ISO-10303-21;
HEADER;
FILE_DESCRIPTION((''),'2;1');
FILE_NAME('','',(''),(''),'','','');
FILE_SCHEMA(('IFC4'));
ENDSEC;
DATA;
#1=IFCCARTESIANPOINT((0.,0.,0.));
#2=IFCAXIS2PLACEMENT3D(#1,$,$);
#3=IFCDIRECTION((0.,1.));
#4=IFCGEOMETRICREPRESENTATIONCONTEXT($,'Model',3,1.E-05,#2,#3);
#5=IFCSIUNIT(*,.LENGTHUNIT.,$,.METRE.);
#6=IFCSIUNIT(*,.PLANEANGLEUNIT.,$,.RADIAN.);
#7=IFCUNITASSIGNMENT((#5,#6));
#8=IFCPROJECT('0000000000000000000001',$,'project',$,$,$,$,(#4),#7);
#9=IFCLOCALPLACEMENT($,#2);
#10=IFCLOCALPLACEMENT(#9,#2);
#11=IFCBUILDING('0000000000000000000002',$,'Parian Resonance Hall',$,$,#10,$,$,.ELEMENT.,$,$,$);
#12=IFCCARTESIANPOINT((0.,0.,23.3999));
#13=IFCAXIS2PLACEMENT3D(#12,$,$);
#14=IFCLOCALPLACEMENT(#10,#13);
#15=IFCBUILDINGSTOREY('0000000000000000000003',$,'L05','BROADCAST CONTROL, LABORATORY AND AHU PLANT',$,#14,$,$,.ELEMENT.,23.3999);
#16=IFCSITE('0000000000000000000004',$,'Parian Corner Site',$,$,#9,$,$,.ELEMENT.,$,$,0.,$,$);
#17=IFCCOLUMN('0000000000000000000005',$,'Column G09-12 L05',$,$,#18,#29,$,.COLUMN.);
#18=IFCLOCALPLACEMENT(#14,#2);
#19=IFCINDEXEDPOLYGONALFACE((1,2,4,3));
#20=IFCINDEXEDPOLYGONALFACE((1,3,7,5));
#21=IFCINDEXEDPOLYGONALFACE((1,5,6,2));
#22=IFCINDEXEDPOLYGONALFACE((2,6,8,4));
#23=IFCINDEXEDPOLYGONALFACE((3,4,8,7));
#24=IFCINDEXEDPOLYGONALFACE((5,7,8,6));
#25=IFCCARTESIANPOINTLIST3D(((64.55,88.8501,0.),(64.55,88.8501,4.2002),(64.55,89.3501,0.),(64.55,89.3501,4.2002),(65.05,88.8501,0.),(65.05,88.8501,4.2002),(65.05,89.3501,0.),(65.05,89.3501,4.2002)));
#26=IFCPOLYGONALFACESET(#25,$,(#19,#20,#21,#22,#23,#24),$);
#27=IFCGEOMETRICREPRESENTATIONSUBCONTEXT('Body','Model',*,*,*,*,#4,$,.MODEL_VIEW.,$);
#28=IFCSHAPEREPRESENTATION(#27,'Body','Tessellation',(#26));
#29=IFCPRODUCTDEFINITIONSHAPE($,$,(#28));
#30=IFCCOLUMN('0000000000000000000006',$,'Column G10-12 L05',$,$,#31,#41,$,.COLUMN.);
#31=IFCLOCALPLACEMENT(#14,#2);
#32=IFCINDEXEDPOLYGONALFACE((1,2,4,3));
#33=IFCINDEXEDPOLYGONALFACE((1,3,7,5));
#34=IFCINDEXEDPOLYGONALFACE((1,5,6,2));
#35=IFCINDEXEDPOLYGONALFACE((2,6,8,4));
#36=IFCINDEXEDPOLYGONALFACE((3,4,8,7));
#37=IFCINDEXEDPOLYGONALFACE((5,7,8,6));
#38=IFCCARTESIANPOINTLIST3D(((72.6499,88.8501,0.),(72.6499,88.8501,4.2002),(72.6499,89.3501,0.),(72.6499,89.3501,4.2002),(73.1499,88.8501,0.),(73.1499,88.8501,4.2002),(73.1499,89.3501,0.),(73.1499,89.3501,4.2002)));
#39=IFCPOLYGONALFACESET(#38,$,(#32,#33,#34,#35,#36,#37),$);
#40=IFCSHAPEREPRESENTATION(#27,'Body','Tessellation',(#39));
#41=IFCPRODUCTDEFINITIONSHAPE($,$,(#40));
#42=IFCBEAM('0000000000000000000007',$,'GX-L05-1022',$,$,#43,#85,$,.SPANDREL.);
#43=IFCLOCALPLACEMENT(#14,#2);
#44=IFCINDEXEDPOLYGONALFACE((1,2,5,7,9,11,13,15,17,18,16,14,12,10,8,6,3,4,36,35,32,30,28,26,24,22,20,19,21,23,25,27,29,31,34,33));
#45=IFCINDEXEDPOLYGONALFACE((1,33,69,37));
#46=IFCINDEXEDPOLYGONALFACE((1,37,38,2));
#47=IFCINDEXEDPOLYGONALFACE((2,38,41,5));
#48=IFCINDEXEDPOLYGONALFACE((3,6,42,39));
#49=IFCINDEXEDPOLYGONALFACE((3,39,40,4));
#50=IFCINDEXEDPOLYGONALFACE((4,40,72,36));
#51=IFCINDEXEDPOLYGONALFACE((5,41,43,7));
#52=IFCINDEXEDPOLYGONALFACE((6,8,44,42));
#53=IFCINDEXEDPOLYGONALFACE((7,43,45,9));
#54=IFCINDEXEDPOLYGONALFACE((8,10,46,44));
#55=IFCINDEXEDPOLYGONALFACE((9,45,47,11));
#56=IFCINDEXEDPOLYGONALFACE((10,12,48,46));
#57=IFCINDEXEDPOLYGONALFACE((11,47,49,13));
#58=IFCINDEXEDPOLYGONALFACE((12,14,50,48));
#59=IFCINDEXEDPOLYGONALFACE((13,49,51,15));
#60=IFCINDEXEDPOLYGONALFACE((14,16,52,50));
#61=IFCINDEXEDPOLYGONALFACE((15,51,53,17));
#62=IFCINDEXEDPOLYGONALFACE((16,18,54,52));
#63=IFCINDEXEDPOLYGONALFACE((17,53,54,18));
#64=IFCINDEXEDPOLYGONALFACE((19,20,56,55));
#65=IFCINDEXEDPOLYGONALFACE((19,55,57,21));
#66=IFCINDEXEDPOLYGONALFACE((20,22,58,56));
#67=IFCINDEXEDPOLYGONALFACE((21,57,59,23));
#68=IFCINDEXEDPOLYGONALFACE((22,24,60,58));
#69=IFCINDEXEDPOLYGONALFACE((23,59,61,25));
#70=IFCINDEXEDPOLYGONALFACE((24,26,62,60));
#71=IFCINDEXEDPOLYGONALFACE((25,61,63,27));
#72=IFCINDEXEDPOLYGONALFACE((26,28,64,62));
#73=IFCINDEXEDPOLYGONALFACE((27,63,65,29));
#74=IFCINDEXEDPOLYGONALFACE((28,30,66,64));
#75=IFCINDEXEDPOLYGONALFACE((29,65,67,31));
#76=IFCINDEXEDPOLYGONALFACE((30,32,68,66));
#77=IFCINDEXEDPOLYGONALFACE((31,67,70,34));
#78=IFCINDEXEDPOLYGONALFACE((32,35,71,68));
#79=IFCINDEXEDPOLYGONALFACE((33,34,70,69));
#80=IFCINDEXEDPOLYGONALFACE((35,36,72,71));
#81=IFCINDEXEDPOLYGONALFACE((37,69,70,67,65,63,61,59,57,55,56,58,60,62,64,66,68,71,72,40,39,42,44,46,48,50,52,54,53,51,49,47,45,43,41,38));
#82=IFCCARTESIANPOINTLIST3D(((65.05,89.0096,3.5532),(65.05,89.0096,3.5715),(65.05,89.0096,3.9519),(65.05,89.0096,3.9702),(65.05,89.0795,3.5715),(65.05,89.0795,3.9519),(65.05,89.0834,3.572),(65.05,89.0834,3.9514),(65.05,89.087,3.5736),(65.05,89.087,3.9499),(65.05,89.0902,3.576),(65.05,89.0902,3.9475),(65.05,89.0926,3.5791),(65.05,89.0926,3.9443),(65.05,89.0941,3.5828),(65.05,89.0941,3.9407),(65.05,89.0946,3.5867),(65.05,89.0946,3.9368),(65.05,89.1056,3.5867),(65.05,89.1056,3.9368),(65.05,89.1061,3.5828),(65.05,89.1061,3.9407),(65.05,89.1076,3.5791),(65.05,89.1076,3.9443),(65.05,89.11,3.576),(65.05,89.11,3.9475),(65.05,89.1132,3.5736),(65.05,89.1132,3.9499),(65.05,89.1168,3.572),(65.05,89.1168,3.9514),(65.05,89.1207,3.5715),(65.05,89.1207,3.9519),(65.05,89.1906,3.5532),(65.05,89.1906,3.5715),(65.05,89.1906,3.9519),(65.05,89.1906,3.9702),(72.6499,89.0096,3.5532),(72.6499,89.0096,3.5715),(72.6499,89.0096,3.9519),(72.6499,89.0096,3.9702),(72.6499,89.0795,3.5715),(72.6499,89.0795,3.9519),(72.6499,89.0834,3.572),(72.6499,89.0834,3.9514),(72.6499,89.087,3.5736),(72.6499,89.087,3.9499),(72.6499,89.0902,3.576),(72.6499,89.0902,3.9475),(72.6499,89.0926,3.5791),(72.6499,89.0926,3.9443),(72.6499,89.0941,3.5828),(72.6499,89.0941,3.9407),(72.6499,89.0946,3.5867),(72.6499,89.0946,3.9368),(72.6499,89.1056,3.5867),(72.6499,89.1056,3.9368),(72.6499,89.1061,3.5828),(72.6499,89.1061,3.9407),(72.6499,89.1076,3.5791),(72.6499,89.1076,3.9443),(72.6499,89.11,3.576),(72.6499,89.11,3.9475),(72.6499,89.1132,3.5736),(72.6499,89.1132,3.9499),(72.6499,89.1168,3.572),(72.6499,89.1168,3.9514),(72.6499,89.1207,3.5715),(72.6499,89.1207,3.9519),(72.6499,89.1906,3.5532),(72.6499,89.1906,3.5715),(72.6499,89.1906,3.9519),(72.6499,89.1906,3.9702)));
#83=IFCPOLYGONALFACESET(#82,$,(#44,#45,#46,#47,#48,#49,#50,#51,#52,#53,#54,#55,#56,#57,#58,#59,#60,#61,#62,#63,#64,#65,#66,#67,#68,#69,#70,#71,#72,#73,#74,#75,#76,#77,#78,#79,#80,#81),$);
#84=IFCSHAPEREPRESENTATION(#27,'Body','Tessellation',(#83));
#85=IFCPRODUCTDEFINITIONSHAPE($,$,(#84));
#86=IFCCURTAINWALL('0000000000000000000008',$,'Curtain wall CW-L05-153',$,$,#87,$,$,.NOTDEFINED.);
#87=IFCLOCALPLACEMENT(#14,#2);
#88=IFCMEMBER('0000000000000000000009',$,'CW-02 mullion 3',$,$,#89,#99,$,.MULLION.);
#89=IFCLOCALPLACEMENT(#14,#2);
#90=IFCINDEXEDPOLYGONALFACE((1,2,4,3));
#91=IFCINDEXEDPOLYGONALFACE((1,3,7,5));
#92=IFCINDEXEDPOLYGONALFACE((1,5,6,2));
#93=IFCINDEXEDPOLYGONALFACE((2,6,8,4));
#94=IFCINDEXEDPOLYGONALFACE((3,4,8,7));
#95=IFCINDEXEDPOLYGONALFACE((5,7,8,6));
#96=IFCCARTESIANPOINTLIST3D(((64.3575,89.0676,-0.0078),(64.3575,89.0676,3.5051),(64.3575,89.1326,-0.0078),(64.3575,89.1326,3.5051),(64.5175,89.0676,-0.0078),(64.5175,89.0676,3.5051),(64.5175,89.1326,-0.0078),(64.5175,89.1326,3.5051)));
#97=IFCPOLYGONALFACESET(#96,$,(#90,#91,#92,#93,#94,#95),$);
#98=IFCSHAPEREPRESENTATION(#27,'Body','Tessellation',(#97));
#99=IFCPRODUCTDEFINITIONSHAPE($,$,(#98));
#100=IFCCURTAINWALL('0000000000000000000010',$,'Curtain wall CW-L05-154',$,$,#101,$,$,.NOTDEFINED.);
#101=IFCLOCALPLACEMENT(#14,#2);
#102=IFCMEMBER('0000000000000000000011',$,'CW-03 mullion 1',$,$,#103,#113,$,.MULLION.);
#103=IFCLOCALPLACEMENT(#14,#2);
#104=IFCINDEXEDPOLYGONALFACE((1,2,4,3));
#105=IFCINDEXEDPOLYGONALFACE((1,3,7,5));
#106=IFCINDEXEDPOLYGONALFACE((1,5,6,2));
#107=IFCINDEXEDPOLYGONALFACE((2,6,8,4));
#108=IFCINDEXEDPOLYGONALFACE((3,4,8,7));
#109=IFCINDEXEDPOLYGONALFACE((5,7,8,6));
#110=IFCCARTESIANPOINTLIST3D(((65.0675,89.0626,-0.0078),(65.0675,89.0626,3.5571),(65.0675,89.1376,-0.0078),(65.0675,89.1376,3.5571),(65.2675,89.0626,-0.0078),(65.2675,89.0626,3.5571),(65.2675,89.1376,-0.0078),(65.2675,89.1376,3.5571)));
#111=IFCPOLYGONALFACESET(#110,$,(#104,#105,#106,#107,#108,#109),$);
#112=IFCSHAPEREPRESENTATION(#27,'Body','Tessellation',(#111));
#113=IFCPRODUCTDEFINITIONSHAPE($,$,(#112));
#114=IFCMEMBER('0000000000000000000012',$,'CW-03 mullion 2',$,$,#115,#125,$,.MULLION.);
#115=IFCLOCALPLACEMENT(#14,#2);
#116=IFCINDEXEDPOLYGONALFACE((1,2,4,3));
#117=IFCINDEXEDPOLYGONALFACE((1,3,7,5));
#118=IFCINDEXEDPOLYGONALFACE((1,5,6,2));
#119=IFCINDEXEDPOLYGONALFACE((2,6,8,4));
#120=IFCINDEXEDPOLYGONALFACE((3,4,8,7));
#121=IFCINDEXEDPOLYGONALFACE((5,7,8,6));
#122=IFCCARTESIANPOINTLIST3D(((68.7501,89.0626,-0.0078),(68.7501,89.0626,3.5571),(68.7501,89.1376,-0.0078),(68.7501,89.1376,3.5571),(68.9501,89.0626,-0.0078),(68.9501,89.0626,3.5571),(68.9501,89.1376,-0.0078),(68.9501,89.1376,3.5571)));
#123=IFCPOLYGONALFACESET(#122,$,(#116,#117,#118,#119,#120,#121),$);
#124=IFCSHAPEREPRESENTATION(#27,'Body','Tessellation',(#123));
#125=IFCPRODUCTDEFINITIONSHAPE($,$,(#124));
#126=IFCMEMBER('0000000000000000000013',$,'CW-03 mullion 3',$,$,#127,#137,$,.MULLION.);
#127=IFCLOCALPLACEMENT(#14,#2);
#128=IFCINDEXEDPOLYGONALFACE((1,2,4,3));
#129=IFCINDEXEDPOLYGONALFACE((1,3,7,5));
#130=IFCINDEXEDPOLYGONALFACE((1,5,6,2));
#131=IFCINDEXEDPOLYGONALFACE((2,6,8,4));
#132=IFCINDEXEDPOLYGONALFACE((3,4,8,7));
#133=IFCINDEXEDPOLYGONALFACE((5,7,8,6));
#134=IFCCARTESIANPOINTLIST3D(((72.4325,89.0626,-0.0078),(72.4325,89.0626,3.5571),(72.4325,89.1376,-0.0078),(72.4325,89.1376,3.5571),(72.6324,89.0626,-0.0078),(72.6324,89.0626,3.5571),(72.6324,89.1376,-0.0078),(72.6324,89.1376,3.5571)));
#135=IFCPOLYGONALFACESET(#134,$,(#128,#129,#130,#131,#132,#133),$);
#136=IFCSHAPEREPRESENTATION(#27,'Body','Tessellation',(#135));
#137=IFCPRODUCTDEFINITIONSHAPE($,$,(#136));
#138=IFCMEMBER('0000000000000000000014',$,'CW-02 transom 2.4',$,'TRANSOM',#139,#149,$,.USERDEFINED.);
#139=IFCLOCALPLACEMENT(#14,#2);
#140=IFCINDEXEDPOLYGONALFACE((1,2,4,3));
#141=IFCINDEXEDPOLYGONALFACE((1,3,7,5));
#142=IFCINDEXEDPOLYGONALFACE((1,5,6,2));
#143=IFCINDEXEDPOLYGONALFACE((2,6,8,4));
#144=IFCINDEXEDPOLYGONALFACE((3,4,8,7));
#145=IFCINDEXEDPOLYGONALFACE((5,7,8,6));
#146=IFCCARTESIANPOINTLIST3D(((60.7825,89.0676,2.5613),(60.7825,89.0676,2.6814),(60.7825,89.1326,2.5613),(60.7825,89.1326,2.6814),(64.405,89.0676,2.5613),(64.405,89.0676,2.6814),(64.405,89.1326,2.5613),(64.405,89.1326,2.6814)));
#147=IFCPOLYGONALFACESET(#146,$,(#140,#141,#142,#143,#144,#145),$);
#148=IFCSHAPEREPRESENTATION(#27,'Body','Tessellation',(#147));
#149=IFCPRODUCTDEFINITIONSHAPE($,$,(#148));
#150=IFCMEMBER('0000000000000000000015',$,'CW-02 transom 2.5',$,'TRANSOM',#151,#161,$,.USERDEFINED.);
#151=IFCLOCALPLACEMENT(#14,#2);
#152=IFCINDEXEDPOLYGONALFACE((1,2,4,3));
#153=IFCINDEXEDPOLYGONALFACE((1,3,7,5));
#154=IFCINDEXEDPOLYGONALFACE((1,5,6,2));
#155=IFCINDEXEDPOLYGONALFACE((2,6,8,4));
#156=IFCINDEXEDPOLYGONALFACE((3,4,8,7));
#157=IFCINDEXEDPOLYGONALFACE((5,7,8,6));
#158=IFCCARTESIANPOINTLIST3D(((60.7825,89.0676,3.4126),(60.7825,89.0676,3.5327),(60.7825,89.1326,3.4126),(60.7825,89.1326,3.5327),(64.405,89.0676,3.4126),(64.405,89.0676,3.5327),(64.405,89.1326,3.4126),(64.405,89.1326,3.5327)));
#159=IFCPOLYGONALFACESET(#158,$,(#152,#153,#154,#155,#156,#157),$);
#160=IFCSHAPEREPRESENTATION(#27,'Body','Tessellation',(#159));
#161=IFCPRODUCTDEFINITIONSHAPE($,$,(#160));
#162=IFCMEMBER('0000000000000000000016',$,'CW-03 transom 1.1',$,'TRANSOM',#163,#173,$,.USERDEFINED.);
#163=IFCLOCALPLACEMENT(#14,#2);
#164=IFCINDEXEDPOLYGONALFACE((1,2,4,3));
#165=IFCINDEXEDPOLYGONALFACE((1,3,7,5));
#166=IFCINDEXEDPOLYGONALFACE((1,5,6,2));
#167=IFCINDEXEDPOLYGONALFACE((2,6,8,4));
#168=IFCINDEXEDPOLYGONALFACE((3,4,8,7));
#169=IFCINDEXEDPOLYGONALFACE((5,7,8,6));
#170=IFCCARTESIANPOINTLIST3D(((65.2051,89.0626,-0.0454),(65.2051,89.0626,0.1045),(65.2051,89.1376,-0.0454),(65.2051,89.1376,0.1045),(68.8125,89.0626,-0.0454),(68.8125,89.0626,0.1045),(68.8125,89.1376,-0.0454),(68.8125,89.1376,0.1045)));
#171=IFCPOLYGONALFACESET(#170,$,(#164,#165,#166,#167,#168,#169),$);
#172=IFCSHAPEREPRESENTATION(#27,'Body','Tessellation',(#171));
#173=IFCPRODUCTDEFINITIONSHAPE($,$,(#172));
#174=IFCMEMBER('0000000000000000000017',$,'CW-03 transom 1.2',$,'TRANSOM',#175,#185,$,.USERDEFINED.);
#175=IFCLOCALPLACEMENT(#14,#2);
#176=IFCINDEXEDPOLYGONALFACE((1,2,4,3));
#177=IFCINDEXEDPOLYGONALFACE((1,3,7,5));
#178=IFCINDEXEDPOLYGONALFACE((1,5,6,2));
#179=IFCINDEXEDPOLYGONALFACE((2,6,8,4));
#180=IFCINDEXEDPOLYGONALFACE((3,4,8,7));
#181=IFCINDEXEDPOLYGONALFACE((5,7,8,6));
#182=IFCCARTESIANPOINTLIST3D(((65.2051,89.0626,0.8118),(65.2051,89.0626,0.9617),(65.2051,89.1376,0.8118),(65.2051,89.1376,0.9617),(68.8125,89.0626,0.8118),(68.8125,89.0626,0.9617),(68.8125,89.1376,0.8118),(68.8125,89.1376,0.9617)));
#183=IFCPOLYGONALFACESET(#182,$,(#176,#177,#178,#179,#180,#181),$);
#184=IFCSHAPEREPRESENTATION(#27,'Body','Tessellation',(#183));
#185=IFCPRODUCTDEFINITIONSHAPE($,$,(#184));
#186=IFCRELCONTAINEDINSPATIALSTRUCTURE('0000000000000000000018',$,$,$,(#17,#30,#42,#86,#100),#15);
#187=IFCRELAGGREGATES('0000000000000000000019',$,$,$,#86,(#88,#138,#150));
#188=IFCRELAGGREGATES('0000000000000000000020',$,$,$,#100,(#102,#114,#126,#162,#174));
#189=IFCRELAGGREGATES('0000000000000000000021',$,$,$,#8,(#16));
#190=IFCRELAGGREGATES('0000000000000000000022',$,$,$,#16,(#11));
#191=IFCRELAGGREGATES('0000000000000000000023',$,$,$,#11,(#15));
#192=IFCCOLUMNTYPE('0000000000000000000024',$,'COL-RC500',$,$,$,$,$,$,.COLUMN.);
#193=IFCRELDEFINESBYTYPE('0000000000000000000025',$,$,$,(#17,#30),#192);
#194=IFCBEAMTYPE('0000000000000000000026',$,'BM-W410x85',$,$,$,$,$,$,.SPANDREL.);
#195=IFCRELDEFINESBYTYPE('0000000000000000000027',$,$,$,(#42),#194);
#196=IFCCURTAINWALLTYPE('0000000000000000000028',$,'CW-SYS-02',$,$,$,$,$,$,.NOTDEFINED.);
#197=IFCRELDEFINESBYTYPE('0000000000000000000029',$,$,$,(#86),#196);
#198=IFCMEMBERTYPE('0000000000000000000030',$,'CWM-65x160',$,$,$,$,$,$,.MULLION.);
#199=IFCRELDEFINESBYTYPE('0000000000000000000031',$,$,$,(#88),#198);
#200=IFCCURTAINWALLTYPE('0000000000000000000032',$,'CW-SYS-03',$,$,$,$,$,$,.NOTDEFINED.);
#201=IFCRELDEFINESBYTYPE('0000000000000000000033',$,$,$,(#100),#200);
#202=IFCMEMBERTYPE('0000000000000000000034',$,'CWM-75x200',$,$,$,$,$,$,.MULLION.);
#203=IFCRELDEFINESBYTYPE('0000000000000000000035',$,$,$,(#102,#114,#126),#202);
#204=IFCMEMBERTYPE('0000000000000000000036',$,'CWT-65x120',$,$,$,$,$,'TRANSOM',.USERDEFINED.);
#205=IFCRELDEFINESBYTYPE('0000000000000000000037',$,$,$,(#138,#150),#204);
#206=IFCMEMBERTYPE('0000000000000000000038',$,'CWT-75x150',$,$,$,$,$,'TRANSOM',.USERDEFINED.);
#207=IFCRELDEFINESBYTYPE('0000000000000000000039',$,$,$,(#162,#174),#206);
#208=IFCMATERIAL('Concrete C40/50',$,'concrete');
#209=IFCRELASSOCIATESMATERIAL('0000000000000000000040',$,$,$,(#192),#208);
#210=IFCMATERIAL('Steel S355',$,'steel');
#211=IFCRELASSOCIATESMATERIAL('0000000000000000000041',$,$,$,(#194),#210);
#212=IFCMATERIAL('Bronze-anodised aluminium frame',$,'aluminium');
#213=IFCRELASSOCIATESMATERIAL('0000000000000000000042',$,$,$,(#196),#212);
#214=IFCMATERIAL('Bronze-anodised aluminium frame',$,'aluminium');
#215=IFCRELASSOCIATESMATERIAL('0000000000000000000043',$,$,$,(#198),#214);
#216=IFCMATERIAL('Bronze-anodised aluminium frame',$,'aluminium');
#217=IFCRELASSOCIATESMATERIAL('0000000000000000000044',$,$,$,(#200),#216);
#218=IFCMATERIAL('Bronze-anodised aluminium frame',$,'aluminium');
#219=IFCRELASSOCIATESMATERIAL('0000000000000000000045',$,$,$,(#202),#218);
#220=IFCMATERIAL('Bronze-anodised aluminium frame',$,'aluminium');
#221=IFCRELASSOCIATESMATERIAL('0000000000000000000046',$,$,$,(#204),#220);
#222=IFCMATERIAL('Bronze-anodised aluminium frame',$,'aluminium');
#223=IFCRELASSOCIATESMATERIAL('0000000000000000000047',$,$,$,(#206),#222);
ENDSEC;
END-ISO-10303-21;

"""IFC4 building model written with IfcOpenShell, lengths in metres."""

from ifc_helpers import new_model, si_unit, direction, frame, origin, origin_2d, place, context, subcontext, project, spatial, rectangle, i_section, extrude, material, material_profile, profile_set, type_object, element, aggregate, save


model = new_model("IFC4")

# Units and contexts
model_context = context("Model", 3, precision=1e-05, world=origin(), true_north=direction((0.0, 1.0)))
body_context = subcontext(model_context, "Body", "Model", "MODEL_VIEW")
ifc_project = project(units=[si_unit("LENGTHUNIT", "METRE"), si_unit("PLANEANGLEUNIT", "RADIAN")], contexts=[model_context])

# Site, building, storey
site_placement = place(None, origin())
site = spatial("IfcSite", under=ifc_project, at=site_placement, Name="Parian Corner Site", CompositionType="ELEMENT", RefElevation=0.0)
building_placement = place(site_placement, origin())
building = spatial("IfcBuilding", under=site, at=building_placement, Name="Parian Resonance Hall", CompositionType="ELEMENT")
storey_placement = place(building_placement, frame((0.0, 0.0, 23.3999)))
storey = spatial("IfcBuildingStorey", under=building, at=storey_placement, Name="L05", Description="BROADCAST CONTROL, LABORATORY AND AHU PLANT", CompositionType="ELEMENT", Elevation=23.3999)

# Columns
ifc_material_1 = material(Name="Concrete C40/50", Category="concrete")
ifc_material_profile_1 = material_profile(ifc_material_1, rectangle(XDim=0.5, YDim=0.5, at=origin_2d()), Name="RC-COL-500x500")
ifc_profile_set_1 = profile_set([ifc_material_profile_1], Name="Concrete C40/50")
column_type = type_object("IfcColumnType", Name="COL-RC500", PredefinedType="COLUMN", material=ifc_profile_set_1)
for number, where, z_axis, x_axis, name in (
    (1, (64.8, 89.1001, 0.0), (0.0, 0.0, 1.0), (1.0, 0.0, 0.0), "Column G09-12 L05"),
    (2, (72.8999, 89.1001, 0.0), (0.0, 0.0, 1.0), (1.0, 0.0, 0.0), "Column G10-12 L05"),
):
    element("IfcColumn", number, at=place(storey_placement, frame(where, z_axis=z_axis, x_axis=x_axis)), inside=storey, type_object=column_type, Name=name, PredefinedType="COLUMN", context=body_context, shape_type="SweptSolid", body=[
        extrude(rectangle(XDim=0.5, YDim=0.5, at=origin_2d()), origin(), (0.0, 0.0, 1.0), 4.2002),
    ])

# Beam
ifc_material_2 = material(Name="Steel S355", Category="steel")
ifc_material_profile_2 = material_profile(ifc_material_2, i_section(OverallWidth=0.1809, OverallDepth=0.417, WebThickness=0.011, FlangeThickness=0.0183, FilletRadius=0.0151, at=origin_2d()), Name="W410x85")
ifc_profile_set_2 = profile_set([ifc_material_profile_2], Name="Steel S355")
beam_type = type_object("IfcBeamType", Name="BM-W410x85", PredefinedType="SPANDREL", material=ifc_profile_set_2)
beam_placement = place(storey_placement, frame((65.05, 89.1001, 3.7617), z_axis=(1.0, 0.0, 0.0), x_axis=(0.0, 1.0, 0.0)))
element("IfcBeam", 3, at=beam_placement, inside=storey, type_object=beam_type, Name="GX-L05-1022", PredefinedType="SPANDREL", context=body_context, shape_type="SweptSolid", body=[
    extrude(i_section(OverallWidth=0.1809, OverallDepth=0.417, WebThickness=0.011, FlangeThickness=0.0183, FilletRadius=0.0151, at=origin_2d()), origin(), (0.0, 0.0, 1.0), 7.5999),
])

# Curtain wall, member
ifc_material_3 = material(Name="Bronze-anodised aluminium frame", Category="aluminium")
curtain_wall_type_1 = type_object("IfcCurtainWallType", Name="CW-SYS-02", PredefinedType="NOTDEFINED", material=ifc_material_3)
curtain_wall_1_placement = place(storey_placement, origin())
curtain_wall_1 = element("IfcCurtainWall", 4, at=curtain_wall_1_placement, inside=storey, type_object=curtain_wall_type_1, Name="Curtain wall CW-L05-153", PredefinedType="NOTDEFINED")
ifc_material_4 = material(Name="Bronze-anodised aluminium frame", Category="aluminium")
ifc_material_profile_3 = material_profile(ifc_material_4, rectangle(XDim=0.0649, YDim=0.1599, at=origin_2d()), Name="CWM-65x160")
ifc_profile_set_3 = profile_set([ifc_material_profile_3], Name="Bronze-anodised aluminium frame")
member_type_1 = type_object("IfcMemberType", Name="CWM-65x160", PredefinedType="MULLION", material=ifc_profile_set_3)
member_1_placement = place(storey_placement, frame((64.4375, 89.1001, -0.0078), z_axis=(0.0, 0.0, 1.0), x_axis=(0.0, 1.0, 0.0)))
member_1 = element("IfcMember", 5, at=member_1_placement, type_object=member_type_1, Name="CW-02 mullion 3", PredefinedType="MULLION", context=body_context, shape_type="SweptSolid", body=[
    extrude(rectangle(XDim=0.0649, YDim=0.1599, at=origin_2d()), origin(), (0.0, 0.0, 1.0), 3.5129),
])

# Curtain wall, members
ifc_material_5 = material(Name="Bronze-anodised aluminium frame", Category="aluminium")
curtain_wall_type_2 = type_object("IfcCurtainWallType", Name="CW-SYS-03", PredefinedType="NOTDEFINED", material=ifc_material_5)
curtain_wall_2_placement = place(storey_placement, origin())
curtain_wall_2 = element("IfcCurtainWall", 6, at=curtain_wall_2_placement, inside=storey, type_object=curtain_wall_type_2, Name="Curtain wall CW-L05-154", PredefinedType="NOTDEFINED")
ifc_material_6 = material(Name="Bronze-anodised aluminium frame", Category="aluminium")
ifc_material_profile_4 = material_profile(ifc_material_6, rectangle(XDim=0.075, YDim=0.2, at=origin_2d()), Name="CWM-75x200")
ifc_profile_set_4 = profile_set([ifc_material_profile_4], Name="Bronze-anodised aluminium frame")
member_type_2 = type_object("IfcMemberType", Name="CWM-75x200", PredefinedType="MULLION", material=ifc_profile_set_4)
member_2_placement = place(storey_placement, frame((65.1675, 89.1001, -0.0078), z_axis=(0.0, 0.0, 1.0), x_axis=(0.0, 1.0, 0.0)))
member_2 = element("IfcMember", 7, at=member_2_placement, type_object=member_type_2, Name="CW-03 mullion 1", PredefinedType="MULLION", context=body_context, shape_type="SweptSolid", body=[
    extrude(rectangle(XDim=0.075, YDim=0.2, at=origin_2d()), origin(), (0.0, 0.0, 1.0), 3.5649),
])
member_3_placement = place(storey_placement, frame((68.8501, 89.1001, -0.0078), z_axis=(0.0, 0.0, 1.0), x_axis=(0.0, 1.0, 0.0)))
member_3 = element("IfcMember", 8, at=member_3_placement, type_object=member_type_2, Name="CW-03 mullion 2", PredefinedType="MULLION", context=body_context, shape_type="SweptSolid", body=[
    extrude(rectangle(XDim=0.075, YDim=0.2, at=origin_2d()), origin(), (0.0, 0.0, 1.0), 3.5649),
])
member_4_placement = place(storey_placement, frame((72.5325, 89.1001, -0.0078), z_axis=(0.0, 0.0, 1.0), x_axis=(0.0, 1.0, 0.0)))
member_4 = element("IfcMember", 9, at=member_4_placement, type_object=member_type_2, Name="CW-03 mullion 3", PredefinedType="MULLION", context=body_context, shape_type="SweptSolid", body=[
    extrude(rectangle(XDim=0.075, YDim=0.2, at=origin_2d()), origin(), (0.0, 0.0, 1.0), 3.5649),
])

# Members
ifc_material_7 = material(Name="Bronze-anodised aluminium frame", Category="aluminium")
ifc_material_profile_5 = material_profile(ifc_material_7, rectangle(XDim=0.0649, YDim=0.1201, at=origin_2d()), Name="CWT-65x120")
ifc_profile_set_5 = profile_set([ifc_material_profile_5], Name="Bronze-anodised aluminium frame")
member_type_3 = type_object("IfcMemberType", Name="CWT-65x120", ElementType="TRANSOM", PredefinedType="USERDEFINED", material=ifc_profile_set_5)
member_5_placement = place(storey_placement, frame((60.7825, 89.1001, 2.6213), z_axis=(1.0, 0.0, 0.0), x_axis=(0.0, 1.0, 0.0)))
member_5 = element("IfcMember", 10, at=member_5_placement, type_object=member_type_3, Name="CW-02 transom 2.4", ObjectType="TRANSOM", PredefinedType="USERDEFINED", context=body_context, shape_type="SweptSolid", body=[
    extrude(rectangle(XDim=0.0649, YDim=0.1201, at=origin_2d()), origin(), (0.0, 0.0, 1.0), 3.6226),
])
member_6_placement = place(storey_placement, frame((60.7825, 89.1001, 3.4727), z_axis=(1.0, 0.0, 0.0), x_axis=(0.0, 1.0, 0.0)))
member_6 = element("IfcMember", 11, at=member_6_placement, type_object=member_type_3, Name="CW-02 transom 2.5", ObjectType="TRANSOM", PredefinedType="USERDEFINED", context=body_context, shape_type="SweptSolid", body=[
    extrude(rectangle(XDim=0.0649, YDim=0.1201, at=origin_2d()), origin(), (0.0, 0.0, 1.0), 3.6226),
])
ifc_material_8 = material(Name="Bronze-anodised aluminium frame", Category="aluminium")
ifc_material_profile_6 = material_profile(ifc_material_8, rectangle(XDim=0.075, YDim=0.1499, at=origin_2d()), Name="CWT-75x150")
ifc_profile_set_6 = profile_set([ifc_material_profile_6], Name="Bronze-anodised aluminium frame")
member_type_4 = type_object("IfcMemberType", Name="CWT-75x150", ElementType="TRANSOM", PredefinedType="USERDEFINED", material=ifc_profile_set_6)
member_7_placement = place(storey_placement, frame((65.2051, 89.1001, 0.0295), z_axis=(1.0, 0.0, 0.0), x_axis=(0.0, 1.0, 0.0)))
member_7 = element("IfcMember", 12, at=member_7_placement, type_object=member_type_4, Name="CW-03 transom 1.1", ObjectType="TRANSOM", PredefinedType="USERDEFINED", context=body_context, shape_type="SweptSolid", body=[
    extrude(rectangle(XDim=0.075, YDim=0.1499, at=origin_2d()), origin(), (0.0, 0.0, 1.0), 3.6074),
])
member_8_placement = place(storey_placement, frame((65.2051, 89.1001, 0.8867), z_axis=(1.0, 0.0, 0.0), x_axis=(0.0, 1.0, 0.0)))
member_8 = element("IfcMember", 13, at=member_8_placement, type_object=member_type_4, Name="CW-03 transom 1.2", ObjectType="TRANSOM", PredefinedType="USERDEFINED", context=body_context, shape_type="SweptSolid", body=[
    extrude(rectangle(XDim=0.075, YDim=0.1499, at=origin_2d()), origin(), (0.0, 0.0, 1.0), 3.6074),
])

aggregate(curtain_wall_1, [member_1, member_5, member_6])
aggregate(curtain_wall_2, [member_2, member_3, member_4, member_7, member_8])

save(model, "model.ifc")
